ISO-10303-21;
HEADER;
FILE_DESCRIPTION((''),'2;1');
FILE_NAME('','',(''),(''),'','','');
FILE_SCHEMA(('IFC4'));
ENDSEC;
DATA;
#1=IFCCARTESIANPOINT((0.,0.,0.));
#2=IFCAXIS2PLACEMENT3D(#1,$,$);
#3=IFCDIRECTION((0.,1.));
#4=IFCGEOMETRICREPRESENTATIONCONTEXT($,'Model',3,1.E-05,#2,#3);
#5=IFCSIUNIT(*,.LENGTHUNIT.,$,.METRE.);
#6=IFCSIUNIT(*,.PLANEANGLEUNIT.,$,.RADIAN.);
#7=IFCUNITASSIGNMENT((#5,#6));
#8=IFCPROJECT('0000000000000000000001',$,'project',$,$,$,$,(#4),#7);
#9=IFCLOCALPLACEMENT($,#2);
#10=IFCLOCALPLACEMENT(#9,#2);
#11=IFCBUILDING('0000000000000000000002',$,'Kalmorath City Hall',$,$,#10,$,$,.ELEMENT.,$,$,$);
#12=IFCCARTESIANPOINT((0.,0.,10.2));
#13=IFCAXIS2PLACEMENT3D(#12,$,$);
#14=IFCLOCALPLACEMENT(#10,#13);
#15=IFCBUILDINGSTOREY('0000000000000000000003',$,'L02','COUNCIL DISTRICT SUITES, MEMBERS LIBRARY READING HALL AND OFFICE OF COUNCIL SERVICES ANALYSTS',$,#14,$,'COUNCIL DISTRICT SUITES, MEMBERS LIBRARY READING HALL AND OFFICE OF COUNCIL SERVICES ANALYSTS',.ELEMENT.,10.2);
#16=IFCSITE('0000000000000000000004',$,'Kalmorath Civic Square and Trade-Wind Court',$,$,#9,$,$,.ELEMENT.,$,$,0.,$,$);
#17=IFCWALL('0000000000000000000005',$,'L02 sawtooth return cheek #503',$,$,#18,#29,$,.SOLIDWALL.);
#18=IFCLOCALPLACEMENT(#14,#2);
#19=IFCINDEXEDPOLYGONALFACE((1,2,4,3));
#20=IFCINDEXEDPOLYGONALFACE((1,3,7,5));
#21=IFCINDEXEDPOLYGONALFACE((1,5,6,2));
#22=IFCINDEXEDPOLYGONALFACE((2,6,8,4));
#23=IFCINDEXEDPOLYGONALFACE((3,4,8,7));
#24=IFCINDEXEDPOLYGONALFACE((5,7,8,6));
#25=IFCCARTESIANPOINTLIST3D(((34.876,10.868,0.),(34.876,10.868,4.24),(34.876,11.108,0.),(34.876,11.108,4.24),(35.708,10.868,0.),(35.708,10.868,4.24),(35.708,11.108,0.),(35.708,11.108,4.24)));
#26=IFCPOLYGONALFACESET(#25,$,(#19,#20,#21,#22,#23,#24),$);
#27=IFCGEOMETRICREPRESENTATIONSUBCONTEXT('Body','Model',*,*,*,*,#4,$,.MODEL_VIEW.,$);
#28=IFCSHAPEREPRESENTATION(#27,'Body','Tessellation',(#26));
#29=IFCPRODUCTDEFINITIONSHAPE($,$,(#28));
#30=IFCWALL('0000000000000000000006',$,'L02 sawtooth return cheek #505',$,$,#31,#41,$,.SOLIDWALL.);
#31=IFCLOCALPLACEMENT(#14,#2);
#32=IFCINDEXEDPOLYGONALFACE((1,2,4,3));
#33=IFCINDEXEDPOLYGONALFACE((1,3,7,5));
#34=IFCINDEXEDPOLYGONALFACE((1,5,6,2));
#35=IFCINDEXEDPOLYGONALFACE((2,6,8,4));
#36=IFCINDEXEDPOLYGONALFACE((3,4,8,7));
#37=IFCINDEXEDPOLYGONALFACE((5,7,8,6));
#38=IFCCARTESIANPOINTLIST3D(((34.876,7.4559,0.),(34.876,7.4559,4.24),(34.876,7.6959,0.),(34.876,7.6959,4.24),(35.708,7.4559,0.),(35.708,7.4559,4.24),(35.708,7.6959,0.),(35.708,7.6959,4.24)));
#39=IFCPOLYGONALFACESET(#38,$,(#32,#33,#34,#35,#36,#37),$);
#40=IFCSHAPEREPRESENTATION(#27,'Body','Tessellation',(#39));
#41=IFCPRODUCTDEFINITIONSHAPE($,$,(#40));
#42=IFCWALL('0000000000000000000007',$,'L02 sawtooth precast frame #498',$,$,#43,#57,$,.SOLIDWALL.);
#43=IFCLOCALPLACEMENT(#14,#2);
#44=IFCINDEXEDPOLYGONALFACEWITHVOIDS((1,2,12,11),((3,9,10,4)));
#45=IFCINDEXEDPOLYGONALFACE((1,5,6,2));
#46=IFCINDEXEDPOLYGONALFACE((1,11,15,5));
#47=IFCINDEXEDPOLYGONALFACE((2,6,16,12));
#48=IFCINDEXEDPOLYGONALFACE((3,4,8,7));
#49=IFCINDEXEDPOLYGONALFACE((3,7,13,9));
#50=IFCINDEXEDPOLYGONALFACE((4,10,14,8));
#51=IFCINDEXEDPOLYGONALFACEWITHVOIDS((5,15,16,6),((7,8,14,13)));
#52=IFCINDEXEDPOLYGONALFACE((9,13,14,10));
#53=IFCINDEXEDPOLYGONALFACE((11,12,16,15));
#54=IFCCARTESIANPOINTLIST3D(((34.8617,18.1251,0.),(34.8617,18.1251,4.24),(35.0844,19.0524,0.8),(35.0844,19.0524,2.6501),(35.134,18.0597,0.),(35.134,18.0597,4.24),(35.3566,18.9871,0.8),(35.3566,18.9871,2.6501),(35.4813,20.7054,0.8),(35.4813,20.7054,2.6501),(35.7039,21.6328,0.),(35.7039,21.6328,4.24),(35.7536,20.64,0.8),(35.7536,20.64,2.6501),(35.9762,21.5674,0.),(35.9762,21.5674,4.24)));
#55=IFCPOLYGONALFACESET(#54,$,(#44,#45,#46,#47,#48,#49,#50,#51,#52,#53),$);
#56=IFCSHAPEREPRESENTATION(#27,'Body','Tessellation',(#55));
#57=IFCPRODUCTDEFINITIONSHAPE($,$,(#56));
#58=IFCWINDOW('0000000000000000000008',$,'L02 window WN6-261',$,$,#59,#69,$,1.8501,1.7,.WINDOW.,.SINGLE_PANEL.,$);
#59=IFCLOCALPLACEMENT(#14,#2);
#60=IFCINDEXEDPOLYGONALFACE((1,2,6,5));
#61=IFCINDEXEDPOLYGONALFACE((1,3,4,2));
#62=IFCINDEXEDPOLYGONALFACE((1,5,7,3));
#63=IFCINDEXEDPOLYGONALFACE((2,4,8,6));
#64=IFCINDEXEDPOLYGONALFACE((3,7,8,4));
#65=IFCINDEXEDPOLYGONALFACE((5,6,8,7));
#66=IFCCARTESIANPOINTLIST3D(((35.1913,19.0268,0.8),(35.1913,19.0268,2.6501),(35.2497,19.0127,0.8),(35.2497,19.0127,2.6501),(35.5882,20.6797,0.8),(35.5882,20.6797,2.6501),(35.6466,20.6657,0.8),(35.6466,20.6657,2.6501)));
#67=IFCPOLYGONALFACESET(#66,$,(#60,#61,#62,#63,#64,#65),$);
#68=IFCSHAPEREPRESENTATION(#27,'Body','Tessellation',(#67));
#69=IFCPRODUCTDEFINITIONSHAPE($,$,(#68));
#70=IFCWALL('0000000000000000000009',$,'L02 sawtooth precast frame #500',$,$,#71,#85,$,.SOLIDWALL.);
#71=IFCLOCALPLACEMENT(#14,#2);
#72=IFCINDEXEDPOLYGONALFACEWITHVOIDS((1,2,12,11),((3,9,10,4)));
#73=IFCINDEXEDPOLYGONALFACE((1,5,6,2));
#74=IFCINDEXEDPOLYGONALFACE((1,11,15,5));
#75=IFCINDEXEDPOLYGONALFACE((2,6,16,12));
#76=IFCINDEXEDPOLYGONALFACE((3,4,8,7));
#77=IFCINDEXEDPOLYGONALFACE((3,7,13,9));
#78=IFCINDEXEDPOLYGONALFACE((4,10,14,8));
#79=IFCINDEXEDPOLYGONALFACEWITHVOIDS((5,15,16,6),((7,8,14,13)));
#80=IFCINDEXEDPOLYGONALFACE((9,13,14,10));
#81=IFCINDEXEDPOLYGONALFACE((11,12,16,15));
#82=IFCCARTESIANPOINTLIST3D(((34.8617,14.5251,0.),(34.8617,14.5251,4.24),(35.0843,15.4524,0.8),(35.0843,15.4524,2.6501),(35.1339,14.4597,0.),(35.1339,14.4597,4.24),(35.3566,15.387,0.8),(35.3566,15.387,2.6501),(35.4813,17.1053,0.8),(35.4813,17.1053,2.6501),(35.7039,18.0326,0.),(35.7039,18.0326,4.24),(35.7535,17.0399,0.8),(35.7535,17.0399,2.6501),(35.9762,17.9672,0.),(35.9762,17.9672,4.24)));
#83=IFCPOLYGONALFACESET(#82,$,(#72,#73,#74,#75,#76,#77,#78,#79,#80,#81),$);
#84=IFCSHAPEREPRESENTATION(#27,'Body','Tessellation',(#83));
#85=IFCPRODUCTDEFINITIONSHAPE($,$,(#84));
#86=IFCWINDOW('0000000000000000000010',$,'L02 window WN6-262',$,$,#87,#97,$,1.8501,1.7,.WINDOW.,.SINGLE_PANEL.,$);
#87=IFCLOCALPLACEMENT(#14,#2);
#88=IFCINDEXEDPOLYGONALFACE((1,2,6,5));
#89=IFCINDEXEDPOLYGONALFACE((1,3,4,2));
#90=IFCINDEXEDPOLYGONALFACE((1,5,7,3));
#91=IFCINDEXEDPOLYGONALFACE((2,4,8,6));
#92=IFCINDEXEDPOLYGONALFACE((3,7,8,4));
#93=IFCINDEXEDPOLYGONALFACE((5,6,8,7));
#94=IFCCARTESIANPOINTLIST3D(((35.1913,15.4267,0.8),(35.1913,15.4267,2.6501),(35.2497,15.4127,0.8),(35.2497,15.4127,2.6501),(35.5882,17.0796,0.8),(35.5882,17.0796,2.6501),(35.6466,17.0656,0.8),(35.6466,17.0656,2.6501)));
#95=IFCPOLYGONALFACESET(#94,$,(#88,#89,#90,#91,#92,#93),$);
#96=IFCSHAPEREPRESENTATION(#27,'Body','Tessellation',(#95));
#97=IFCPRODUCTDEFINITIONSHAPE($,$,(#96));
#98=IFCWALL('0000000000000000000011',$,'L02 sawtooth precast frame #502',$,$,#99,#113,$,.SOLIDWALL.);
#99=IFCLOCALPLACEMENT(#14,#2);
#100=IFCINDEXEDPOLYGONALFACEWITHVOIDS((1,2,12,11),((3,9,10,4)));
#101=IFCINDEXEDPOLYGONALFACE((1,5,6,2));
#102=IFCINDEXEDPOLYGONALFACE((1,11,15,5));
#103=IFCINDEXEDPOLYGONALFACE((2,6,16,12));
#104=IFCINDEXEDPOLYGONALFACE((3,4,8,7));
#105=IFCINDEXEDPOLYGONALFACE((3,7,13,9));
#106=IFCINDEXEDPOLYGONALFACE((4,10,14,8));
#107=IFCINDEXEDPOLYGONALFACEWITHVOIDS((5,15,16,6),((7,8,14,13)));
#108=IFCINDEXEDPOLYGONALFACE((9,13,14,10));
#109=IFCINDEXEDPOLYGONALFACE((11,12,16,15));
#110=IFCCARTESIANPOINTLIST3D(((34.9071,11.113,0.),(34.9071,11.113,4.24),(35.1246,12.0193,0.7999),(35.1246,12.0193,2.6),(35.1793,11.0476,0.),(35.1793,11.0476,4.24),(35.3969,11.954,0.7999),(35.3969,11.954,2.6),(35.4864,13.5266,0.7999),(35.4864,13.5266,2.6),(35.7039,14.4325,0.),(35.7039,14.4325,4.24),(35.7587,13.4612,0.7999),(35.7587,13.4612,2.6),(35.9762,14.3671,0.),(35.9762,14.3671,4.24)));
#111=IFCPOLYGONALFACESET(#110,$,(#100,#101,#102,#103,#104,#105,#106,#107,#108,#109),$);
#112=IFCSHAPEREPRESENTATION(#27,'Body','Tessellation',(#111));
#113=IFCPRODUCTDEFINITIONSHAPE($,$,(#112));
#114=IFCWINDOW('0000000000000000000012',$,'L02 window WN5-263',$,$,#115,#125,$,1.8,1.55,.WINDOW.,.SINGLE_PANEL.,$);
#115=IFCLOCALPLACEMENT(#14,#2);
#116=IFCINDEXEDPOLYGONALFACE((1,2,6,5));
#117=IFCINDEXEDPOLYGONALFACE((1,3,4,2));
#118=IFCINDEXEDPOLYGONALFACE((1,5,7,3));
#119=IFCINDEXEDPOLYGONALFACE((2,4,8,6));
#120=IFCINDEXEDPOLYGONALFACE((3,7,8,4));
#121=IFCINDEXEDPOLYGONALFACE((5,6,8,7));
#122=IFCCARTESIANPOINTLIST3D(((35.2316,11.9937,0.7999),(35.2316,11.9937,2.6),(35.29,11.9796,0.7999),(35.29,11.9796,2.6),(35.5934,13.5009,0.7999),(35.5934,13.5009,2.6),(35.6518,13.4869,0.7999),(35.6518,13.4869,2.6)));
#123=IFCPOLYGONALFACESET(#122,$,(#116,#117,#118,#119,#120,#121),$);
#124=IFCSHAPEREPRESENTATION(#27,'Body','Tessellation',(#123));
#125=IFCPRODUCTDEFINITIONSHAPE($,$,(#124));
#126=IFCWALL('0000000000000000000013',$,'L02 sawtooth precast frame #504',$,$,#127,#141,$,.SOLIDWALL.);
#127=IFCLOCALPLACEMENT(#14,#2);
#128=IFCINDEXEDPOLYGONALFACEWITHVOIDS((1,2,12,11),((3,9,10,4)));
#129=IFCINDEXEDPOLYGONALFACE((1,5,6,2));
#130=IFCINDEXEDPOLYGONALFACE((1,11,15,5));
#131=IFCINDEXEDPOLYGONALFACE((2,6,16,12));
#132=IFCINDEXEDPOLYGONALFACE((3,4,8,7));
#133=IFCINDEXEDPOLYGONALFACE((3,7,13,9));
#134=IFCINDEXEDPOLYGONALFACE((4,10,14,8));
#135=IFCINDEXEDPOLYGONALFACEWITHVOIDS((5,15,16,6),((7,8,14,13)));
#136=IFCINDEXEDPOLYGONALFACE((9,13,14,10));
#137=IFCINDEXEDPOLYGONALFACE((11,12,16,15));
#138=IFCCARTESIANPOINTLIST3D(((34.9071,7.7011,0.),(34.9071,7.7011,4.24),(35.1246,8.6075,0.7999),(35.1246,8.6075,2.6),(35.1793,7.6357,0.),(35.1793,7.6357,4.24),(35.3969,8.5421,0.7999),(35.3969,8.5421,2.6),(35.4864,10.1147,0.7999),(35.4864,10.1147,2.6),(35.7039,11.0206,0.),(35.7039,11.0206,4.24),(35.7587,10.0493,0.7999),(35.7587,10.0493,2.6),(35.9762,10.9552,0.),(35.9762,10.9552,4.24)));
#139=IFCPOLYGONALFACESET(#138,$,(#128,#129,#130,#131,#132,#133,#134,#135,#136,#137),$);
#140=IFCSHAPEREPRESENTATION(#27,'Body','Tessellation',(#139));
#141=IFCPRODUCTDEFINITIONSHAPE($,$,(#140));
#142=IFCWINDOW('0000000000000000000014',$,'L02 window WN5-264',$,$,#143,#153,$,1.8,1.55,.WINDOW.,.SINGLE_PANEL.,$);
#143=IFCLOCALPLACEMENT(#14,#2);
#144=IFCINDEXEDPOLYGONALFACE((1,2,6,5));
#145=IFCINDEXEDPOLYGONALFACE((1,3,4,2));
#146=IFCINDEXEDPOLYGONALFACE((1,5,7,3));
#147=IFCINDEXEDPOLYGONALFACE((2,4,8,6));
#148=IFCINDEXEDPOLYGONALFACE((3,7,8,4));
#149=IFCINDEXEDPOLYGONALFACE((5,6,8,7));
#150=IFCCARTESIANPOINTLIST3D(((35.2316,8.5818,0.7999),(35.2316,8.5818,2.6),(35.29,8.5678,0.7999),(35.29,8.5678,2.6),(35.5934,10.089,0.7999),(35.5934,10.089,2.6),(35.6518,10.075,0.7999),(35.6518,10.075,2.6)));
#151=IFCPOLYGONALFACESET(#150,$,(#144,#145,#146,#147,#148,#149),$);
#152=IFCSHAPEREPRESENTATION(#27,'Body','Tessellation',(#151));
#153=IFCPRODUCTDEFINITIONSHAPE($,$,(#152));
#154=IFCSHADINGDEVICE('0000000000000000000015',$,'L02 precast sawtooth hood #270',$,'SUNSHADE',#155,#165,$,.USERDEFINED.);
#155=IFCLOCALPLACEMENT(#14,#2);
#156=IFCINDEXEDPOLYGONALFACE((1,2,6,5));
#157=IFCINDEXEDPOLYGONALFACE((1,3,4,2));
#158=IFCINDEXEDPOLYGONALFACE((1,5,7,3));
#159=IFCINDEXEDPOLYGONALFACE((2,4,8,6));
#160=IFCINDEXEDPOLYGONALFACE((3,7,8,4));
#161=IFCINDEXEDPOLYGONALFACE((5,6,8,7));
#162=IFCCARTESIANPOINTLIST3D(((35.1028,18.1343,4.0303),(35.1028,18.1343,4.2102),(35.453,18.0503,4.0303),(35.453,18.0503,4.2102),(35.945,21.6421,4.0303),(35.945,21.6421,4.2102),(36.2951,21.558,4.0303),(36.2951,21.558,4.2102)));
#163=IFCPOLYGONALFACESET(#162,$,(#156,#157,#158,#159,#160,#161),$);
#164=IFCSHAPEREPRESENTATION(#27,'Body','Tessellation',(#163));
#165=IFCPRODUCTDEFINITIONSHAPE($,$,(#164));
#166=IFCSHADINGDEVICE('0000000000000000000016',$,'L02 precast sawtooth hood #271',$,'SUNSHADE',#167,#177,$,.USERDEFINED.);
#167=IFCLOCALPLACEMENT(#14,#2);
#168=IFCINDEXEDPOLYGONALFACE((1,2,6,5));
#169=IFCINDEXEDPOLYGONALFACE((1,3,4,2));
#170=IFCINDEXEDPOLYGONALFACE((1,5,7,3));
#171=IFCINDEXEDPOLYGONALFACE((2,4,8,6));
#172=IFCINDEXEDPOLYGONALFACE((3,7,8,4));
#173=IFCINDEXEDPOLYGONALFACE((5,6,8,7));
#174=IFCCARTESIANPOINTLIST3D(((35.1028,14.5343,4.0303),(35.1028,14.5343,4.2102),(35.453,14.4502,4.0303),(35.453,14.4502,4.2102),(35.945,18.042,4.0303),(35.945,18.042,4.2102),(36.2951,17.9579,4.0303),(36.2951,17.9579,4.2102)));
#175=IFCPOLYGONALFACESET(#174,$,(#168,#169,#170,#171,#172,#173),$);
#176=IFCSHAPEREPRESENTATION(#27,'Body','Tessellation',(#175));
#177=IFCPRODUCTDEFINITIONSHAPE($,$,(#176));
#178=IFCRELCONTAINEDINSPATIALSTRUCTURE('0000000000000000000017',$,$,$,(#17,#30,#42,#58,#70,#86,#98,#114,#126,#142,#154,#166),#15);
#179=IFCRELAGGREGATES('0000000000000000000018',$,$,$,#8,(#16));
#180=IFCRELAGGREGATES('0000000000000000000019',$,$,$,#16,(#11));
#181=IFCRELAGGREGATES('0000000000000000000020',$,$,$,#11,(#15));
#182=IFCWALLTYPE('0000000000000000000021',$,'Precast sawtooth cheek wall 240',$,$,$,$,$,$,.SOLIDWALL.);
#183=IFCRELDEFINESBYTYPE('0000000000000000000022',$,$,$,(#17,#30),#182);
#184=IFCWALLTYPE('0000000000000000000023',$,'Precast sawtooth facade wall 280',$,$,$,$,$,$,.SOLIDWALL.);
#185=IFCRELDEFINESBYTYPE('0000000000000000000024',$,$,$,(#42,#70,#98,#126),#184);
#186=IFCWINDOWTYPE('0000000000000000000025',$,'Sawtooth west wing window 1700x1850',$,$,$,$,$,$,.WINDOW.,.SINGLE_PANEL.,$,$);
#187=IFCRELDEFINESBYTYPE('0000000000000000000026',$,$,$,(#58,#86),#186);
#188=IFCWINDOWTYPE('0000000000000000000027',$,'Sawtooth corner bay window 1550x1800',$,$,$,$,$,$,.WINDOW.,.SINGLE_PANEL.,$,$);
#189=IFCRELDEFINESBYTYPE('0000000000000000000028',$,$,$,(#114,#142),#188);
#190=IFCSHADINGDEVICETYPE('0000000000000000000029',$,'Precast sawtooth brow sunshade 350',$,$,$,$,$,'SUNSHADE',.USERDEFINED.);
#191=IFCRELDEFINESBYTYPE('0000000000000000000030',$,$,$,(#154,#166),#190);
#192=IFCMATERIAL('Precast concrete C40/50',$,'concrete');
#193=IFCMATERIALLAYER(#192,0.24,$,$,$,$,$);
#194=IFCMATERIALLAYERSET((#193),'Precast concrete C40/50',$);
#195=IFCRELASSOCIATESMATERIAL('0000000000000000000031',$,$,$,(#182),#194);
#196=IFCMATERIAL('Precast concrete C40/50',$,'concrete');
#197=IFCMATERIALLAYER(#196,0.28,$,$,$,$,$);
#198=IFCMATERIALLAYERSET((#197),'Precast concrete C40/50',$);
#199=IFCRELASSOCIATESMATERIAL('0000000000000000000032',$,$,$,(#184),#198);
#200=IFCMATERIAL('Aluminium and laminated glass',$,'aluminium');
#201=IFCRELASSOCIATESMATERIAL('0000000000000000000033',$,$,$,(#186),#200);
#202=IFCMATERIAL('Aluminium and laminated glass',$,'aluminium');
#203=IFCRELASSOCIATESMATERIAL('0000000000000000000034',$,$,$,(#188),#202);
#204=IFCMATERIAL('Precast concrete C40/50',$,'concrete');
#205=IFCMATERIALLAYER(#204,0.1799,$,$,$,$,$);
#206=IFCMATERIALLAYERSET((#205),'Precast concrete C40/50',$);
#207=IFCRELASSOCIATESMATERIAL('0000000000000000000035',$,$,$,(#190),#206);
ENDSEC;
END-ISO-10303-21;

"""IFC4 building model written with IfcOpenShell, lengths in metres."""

from ifc_helpers import new_model, si_unit, direction, frame, frame_2d, origin, origin_2d, place, context, subcontext, project, spatial, rectangle, extrude, material, layer, layer_set, type_object, element, fill, save


model = new_model("IFC4")

# Units and contexts
model_context = context("Model", 3, precision=1e-05, world=origin(), true_north=direction((0.0, 1.0)))
body_context = subcontext(model_context, "Body", "Model", "MODEL_VIEW")
ifc_project = project(units=[si_unit("LENGTHUNIT", "METRE"), si_unit("PLANEANGLEUNIT", "RADIAN")], contexts=[model_context])

# Site, building, storey
site_placement = place(None, origin())
site = spatial("IfcSite", under=ifc_project, at=site_placement, Name="Kalmorath Civic Square and Trade-Wind Court", CompositionType="ELEMENT", RefElevation=0.0)
building_placement = place(site_placement, origin())
building = spatial("IfcBuilding", under=site, at=building_placement, Name="Kalmorath City Hall", CompositionType="ELEMENT")
storey_placement = place(building_placement, frame((0.0, 0.0, 10.2)))
storey = spatial("IfcBuildingStorey", under=building, at=storey_placement, Name="L02", Description="COUNCIL DISTRICT SUITES, MEMBERS LIBRARY READING HALL AND OFFICE OF COUNCIL SERVICES ANALYSTS", LongName="COUNCIL DISTRICT SUITES, MEMBERS LIBRARY READING HALL AND OFFICE OF COUNCIL SERVICES ANALYSTS", CompositionType="ELEMENT", Elevation=10.2)

# Walls
ifc_material_1 = material(Name="Precast concrete C40/50", Category="concrete")
ifc_layer_1 = layer(ifc_material_1, 0.24)
ifc_layer_set_1 = layer_set([ifc_layer_1], Name="Precast concrete C40/50")
wall_type_1 = type_object("IfcWallType", Name="Precast sawtooth cheek wall 240", PredefinedType="SOLIDWALL", material=ifc_layer_set_1)
for number, where, z_axis, x_axis, name in (
    (1, (34.876, 10.988, 0.0), (0.0, 0.0, 1.0), (1.0, 0.0, 0.0), "L02 sawtooth return cheek #503"),
    (2, (34.876, 7.5759, 0.0), (0.0, 0.0, 1.0), (1.0, 0.0, 0.0), "L02 sawtooth return cheek #505"),
):
    element("IfcWall", number, at=place(storey_placement, frame(where, z_axis=z_axis, x_axis=x_axis)), inside=storey, type_object=wall_type_1, Name=name, PredefinedType="SOLIDWALL", context=body_context, shape_type="SweptSolid", body=[
        extrude(rectangle(XDim=0.832, YDim=0.24, at=frame_2d((0.416, 0.0))), origin(), (0.0, 0.0, 1.0), 4.24),
    ])

# Walls, openings, windows
ifc_material_2 = material(Name="Precast concrete C40/50", Category="concrete")
ifc_layer_2 = layer(ifc_material_2, 0.28)
ifc_layer_set_2 = layer_set([ifc_layer_2], Name="Precast concrete C40/50")
wall_type_2 = type_object("IfcWallType", Name="Precast sawtooth facade wall 280", PredefinedType="SOLIDWALL", material=ifc_layer_set_2)
wall_1_placement = place(storey_placement, frame((35.8401, 21.6001, 0.0), z_axis=(0.0, 0.0, 1.0), x_axis=(-0.23348, -0.972361, 0.0)))
wall_1 = element("IfcWall", 3, at=wall_1_placement, inside=storey, type_object=wall_type_2, Name="L02 sawtooth precast frame #498", PredefinedType="SOLIDWALL", context=body_context, shape_type="SweptSolid", body=[
    extrude(rectangle(XDim=3.6074, YDim=0.28, at=frame_2d((1.8037, 0.0))), origin(), (0.0, 0.0, 1.0), 4.24),
])
opening_1_placement = place(wall_1_placement, frame((0.9536, 0.0, 0.8)))
opening_1 = element("IfcOpeningElement", 4, at=opening_1_placement, cuts=wall_1, PredefinedType="OPENING", context=body_context, shape_type="SweptSolid", body=[
    extrude(rectangle(XDim=1.7, YDim=1.8501, at=frame_2d((0.8501, 0.925))), frame((0.0, 0.1499, 0.0), z_axis=(0.0, -1.0, 0.0), x_axis=(1.0, 0.0, 0.0)), (0.0, 0.0, 1.0), 0.3),
])
ifc_material_3 = material(Name="Aluminium and laminated glass", Category="aluminium")
window_type_1 = type_object("IfcWindowType", Name="Sawtooth west wing window 1700x1850", PartitioningType="SINGLE_PANEL", PredefinedType="WINDOW", material=ifc_material_3)
window_1_placement = place(opening_1_placement, origin())
window_1 = element("IfcWindow", 5, at=window_1_placement, inside=storey, type_object=window_type_1, Name="L02 window WN6-261", OverallHeight=1.8501, OverallWidth=1.7, PartitioningType="SINGLE_PANEL", PredefinedType="WINDOW", context=body_context, shape_type="SweptSolid", body=[
    extrude(rectangle(XDim=1.7, YDim=1.8501, at=frame_2d((0.8501, 0.925))), frame((0.0, 0.03, 0.0), z_axis=(0.0, -1.0, 0.0), x_axis=(1.0, 0.0, 0.0)), (0.0, 0.0, 1.0), 0.0601),
])
fill(opening_1, window_1)
wall_2_placement = place(storey_placement, frame((35.8401, 18.0, 0.0), z_axis=(0.0, 0.0, 1.0), x_axis=(-0.233496, -0.972358, 0.0)))
wall_2 = element("IfcWall", 6, at=wall_2_placement, inside=storey, type_object=wall_type_2, Name="L02 sawtooth precast frame #500", PredefinedType="SOLIDWALL", context=body_context, shape_type="SweptSolid", body=[
    extrude(rectangle(XDim=3.6072, YDim=0.28, at=frame_2d((1.8037, 0.0))), origin(), (0.0, 0.0, 1.0), 4.24),
])
opening_2_placement = place(wall_2_placement, frame((0.9536, 0.0, 0.8)))
opening_2 = element("IfcOpeningElement", 7, at=opening_2_placement, cuts=wall_2, PredefinedType="OPENING", context=body_context, shape_type="SweptSolid", body=[
    extrude(rectangle(XDim=1.7, YDim=1.8501, at=frame_2d((0.8501, 0.925))), frame((0.0, 0.1499, 0.0), z_axis=(0.0, -1.0, 0.0), x_axis=(1.0, 0.0, 0.0)), (0.0, 0.0, 1.0), 0.3),
])
window_2_placement = place(opening_2_placement, origin())
window_2 = element("IfcWindow", 8, at=window_2_placement, inside=storey, type_object=window_type_1, Name="L02 window WN6-262", OverallHeight=1.8501, OverallWidth=1.7, PartitioningType="SINGLE_PANEL", PredefinedType="WINDOW", context=body_context, shape_type="SweptSolid", body=[
    extrude(rectangle(XDim=1.7, YDim=1.8501, at=frame_2d((0.8501, 0.925))), frame((0.0, 0.03, 0.0), z_axis=(0.0, -1.0, 0.0), x_axis=(1.0, 0.0, 0.0)), (0.0, 0.0, 1.0), 0.0601),
])
fill(opening_2, window_2)
wall_3_placement = place(storey_placement, frame((35.8401, 14.3999, 0.0), z_axis=(0.0, 0.0, 1.0), x_axis=(-0.233422, -0.972376, 0.0)))
wall_3 = element("IfcWall", 9, at=wall_3_placement, inside=storey, type_object=wall_type_2, Name="L02 sawtooth precast frame #502", PredefinedType="SOLIDWALL", context=body_context, shape_type="SweptSolid", body=[
    extrude(rectangle(XDim=3.4138, YDim=0.28, at=frame_2d((1.707, 0.0))), origin(), (0.0, 0.0, 1.0), 4.24),
])
opening_3_placement = place(wall_3_placement, frame((0.9319, 0.0, 0.8)))
opening_3 = element("IfcOpeningElement", 10, at=opening_3_placement, cuts=wall_3, PredefinedType="OPENING", context=body_context, shape_type="SweptSolid", body=[
    extrude(rectangle(XDim=1.55, YDim=1.8, at=frame_2d((0.7749, 0.8999))), frame((0.0, 0.1499, 0.0), z_axis=(0.0, -1.0, 0.0), x_axis=(1.0, 0.0, 0.0)), (0.0, 0.0, 1.0), 0.3),
])
ifc_material_4 = material(Name="Aluminium and laminated glass", Category="aluminium")
window_type_2 = type_object("IfcWindowType", Name="Sawtooth corner bay window 1550x1800", PartitioningType="SINGLE_PANEL", PredefinedType="WINDOW", material=ifc_material_4)
window_3_placement = place(opening_3_placement, origin())
window_3 = element("IfcWindow", 11, at=window_3_placement, inside=storey, type_object=window_type_2, Name="L02 window WN5-263", OverallHeight=1.8, OverallWidth=1.55, PartitioningType="SINGLE_PANEL", PredefinedType="WINDOW", context=body_context, shape_type="SweptSolid", body=[
    extrude(rectangle(XDim=1.55, YDim=1.8, at=frame_2d((0.7749, 0.8999))), frame((0.0, 0.03, 0.0), z_axis=(0.0, -1.0, 0.0), x_axis=(1.0, 0.0, 0.0)), (0.0, 0.0, 1.0), 0.0601),
])
fill(opening_3, window_3)
wall_4_placement = place(storey_placement, frame((35.8401, 10.988, 0.0), z_axis=(0.0, 0.0, 1.0), x_axis=(-0.233422, -0.972376, 0.0)))
wall_4 = element("IfcWall", 12, at=wall_4_placement, inside=storey, type_object=wall_type_2, Name="L02 sawtooth precast frame #504", PredefinedType="SOLIDWALL", context=body_context, shape_type="SweptSolid", body=[
    extrude(rectangle(XDim=3.4138, YDim=0.28, at=frame_2d((1.707, 0.0))), origin(), (0.0, 0.0, 1.0), 4.24),
])
opening_4_placement = place(wall_4_placement, frame((0.9319, 0.0, 0.8)))
opening_4 = element("IfcOpeningElement", 13, at=opening_4_placement, cuts=wall_4, PredefinedType="OPENING", context=body_context, shape_type="SweptSolid", body=[
    extrude(rectangle(XDim=1.55, YDim=1.8, at=frame_2d((0.7749, 0.8999))), frame((0.0, 0.1499, 0.0), z_axis=(0.0, -1.0, 0.0), x_axis=(1.0, 0.0, 0.0)), (0.0, 0.0, 1.0), 0.3),
])
window_4_placement = place(opening_4_placement, origin())
window_4 = element("IfcWindow", 14, at=window_4_placement, inside=storey, type_object=window_type_2, Name="L02 window WN5-264", OverallHeight=1.8, OverallWidth=1.55, PartitioningType="SINGLE_PANEL", PredefinedType="WINDOW", context=body_context, shape_type="SweptSolid", body=[
    extrude(rectangle(XDim=1.55, YDim=1.8, at=frame_2d((0.7749, 0.8999))), frame((0.0, 0.03, 0.0), z_axis=(0.0, -1.0, 0.0), x_axis=(1.0, 0.0, 0.0)), (0.0, 0.0, 1.0), 0.0601),
])
fill(opening_4, window_4)

# Shading devices
ifc_material_5 = material(Name="Precast concrete C40/50", Category="concrete")
ifc_layer_3 = layer(ifc_material_5, 0.1799)
ifc_layer_set_3 = layer_set([ifc_layer_3], Name="Precast concrete C40/50")
shading_device_type = type_object("IfcShadingDeviceType", Name="Precast sawtooth brow sunshade 350", ElementType="SUNSHADE", PredefinedType="USERDEFINED", material=ifc_layer_set_3)
for number, where, z_axis, x_axis, name in (
    (15, (35.699, 19.8462, 4.0303), (0.0, 0.0, 1.0), (-0.233445, -0.97237, 0.0), "L02 precast sawtooth hood #270"),
    (16, (35.699, 16.2461, 4.0303), (0.0, 0.0, 1.0), (-0.233445, -0.97237, 0.0), "L02 precast sawtooth hood #271"),
):
    element("IfcShadingDevice", number, at=place(storey_placement, frame(where, z_axis=z_axis, x_axis=x_axis)), inside=storey, type_object=shading_device_type, Name=name, ObjectType="SUNSHADE", PredefinedType="USERDEFINED", context=body_context, shape_type="SweptSolid", body=[
        extrude(rectangle(XDim=3.6074, YDim=0.3601, at=origin_2d()), origin(), (0.0, 0.0, 1.0), 0.1799),
    ])

save(model, "model.ifc")
